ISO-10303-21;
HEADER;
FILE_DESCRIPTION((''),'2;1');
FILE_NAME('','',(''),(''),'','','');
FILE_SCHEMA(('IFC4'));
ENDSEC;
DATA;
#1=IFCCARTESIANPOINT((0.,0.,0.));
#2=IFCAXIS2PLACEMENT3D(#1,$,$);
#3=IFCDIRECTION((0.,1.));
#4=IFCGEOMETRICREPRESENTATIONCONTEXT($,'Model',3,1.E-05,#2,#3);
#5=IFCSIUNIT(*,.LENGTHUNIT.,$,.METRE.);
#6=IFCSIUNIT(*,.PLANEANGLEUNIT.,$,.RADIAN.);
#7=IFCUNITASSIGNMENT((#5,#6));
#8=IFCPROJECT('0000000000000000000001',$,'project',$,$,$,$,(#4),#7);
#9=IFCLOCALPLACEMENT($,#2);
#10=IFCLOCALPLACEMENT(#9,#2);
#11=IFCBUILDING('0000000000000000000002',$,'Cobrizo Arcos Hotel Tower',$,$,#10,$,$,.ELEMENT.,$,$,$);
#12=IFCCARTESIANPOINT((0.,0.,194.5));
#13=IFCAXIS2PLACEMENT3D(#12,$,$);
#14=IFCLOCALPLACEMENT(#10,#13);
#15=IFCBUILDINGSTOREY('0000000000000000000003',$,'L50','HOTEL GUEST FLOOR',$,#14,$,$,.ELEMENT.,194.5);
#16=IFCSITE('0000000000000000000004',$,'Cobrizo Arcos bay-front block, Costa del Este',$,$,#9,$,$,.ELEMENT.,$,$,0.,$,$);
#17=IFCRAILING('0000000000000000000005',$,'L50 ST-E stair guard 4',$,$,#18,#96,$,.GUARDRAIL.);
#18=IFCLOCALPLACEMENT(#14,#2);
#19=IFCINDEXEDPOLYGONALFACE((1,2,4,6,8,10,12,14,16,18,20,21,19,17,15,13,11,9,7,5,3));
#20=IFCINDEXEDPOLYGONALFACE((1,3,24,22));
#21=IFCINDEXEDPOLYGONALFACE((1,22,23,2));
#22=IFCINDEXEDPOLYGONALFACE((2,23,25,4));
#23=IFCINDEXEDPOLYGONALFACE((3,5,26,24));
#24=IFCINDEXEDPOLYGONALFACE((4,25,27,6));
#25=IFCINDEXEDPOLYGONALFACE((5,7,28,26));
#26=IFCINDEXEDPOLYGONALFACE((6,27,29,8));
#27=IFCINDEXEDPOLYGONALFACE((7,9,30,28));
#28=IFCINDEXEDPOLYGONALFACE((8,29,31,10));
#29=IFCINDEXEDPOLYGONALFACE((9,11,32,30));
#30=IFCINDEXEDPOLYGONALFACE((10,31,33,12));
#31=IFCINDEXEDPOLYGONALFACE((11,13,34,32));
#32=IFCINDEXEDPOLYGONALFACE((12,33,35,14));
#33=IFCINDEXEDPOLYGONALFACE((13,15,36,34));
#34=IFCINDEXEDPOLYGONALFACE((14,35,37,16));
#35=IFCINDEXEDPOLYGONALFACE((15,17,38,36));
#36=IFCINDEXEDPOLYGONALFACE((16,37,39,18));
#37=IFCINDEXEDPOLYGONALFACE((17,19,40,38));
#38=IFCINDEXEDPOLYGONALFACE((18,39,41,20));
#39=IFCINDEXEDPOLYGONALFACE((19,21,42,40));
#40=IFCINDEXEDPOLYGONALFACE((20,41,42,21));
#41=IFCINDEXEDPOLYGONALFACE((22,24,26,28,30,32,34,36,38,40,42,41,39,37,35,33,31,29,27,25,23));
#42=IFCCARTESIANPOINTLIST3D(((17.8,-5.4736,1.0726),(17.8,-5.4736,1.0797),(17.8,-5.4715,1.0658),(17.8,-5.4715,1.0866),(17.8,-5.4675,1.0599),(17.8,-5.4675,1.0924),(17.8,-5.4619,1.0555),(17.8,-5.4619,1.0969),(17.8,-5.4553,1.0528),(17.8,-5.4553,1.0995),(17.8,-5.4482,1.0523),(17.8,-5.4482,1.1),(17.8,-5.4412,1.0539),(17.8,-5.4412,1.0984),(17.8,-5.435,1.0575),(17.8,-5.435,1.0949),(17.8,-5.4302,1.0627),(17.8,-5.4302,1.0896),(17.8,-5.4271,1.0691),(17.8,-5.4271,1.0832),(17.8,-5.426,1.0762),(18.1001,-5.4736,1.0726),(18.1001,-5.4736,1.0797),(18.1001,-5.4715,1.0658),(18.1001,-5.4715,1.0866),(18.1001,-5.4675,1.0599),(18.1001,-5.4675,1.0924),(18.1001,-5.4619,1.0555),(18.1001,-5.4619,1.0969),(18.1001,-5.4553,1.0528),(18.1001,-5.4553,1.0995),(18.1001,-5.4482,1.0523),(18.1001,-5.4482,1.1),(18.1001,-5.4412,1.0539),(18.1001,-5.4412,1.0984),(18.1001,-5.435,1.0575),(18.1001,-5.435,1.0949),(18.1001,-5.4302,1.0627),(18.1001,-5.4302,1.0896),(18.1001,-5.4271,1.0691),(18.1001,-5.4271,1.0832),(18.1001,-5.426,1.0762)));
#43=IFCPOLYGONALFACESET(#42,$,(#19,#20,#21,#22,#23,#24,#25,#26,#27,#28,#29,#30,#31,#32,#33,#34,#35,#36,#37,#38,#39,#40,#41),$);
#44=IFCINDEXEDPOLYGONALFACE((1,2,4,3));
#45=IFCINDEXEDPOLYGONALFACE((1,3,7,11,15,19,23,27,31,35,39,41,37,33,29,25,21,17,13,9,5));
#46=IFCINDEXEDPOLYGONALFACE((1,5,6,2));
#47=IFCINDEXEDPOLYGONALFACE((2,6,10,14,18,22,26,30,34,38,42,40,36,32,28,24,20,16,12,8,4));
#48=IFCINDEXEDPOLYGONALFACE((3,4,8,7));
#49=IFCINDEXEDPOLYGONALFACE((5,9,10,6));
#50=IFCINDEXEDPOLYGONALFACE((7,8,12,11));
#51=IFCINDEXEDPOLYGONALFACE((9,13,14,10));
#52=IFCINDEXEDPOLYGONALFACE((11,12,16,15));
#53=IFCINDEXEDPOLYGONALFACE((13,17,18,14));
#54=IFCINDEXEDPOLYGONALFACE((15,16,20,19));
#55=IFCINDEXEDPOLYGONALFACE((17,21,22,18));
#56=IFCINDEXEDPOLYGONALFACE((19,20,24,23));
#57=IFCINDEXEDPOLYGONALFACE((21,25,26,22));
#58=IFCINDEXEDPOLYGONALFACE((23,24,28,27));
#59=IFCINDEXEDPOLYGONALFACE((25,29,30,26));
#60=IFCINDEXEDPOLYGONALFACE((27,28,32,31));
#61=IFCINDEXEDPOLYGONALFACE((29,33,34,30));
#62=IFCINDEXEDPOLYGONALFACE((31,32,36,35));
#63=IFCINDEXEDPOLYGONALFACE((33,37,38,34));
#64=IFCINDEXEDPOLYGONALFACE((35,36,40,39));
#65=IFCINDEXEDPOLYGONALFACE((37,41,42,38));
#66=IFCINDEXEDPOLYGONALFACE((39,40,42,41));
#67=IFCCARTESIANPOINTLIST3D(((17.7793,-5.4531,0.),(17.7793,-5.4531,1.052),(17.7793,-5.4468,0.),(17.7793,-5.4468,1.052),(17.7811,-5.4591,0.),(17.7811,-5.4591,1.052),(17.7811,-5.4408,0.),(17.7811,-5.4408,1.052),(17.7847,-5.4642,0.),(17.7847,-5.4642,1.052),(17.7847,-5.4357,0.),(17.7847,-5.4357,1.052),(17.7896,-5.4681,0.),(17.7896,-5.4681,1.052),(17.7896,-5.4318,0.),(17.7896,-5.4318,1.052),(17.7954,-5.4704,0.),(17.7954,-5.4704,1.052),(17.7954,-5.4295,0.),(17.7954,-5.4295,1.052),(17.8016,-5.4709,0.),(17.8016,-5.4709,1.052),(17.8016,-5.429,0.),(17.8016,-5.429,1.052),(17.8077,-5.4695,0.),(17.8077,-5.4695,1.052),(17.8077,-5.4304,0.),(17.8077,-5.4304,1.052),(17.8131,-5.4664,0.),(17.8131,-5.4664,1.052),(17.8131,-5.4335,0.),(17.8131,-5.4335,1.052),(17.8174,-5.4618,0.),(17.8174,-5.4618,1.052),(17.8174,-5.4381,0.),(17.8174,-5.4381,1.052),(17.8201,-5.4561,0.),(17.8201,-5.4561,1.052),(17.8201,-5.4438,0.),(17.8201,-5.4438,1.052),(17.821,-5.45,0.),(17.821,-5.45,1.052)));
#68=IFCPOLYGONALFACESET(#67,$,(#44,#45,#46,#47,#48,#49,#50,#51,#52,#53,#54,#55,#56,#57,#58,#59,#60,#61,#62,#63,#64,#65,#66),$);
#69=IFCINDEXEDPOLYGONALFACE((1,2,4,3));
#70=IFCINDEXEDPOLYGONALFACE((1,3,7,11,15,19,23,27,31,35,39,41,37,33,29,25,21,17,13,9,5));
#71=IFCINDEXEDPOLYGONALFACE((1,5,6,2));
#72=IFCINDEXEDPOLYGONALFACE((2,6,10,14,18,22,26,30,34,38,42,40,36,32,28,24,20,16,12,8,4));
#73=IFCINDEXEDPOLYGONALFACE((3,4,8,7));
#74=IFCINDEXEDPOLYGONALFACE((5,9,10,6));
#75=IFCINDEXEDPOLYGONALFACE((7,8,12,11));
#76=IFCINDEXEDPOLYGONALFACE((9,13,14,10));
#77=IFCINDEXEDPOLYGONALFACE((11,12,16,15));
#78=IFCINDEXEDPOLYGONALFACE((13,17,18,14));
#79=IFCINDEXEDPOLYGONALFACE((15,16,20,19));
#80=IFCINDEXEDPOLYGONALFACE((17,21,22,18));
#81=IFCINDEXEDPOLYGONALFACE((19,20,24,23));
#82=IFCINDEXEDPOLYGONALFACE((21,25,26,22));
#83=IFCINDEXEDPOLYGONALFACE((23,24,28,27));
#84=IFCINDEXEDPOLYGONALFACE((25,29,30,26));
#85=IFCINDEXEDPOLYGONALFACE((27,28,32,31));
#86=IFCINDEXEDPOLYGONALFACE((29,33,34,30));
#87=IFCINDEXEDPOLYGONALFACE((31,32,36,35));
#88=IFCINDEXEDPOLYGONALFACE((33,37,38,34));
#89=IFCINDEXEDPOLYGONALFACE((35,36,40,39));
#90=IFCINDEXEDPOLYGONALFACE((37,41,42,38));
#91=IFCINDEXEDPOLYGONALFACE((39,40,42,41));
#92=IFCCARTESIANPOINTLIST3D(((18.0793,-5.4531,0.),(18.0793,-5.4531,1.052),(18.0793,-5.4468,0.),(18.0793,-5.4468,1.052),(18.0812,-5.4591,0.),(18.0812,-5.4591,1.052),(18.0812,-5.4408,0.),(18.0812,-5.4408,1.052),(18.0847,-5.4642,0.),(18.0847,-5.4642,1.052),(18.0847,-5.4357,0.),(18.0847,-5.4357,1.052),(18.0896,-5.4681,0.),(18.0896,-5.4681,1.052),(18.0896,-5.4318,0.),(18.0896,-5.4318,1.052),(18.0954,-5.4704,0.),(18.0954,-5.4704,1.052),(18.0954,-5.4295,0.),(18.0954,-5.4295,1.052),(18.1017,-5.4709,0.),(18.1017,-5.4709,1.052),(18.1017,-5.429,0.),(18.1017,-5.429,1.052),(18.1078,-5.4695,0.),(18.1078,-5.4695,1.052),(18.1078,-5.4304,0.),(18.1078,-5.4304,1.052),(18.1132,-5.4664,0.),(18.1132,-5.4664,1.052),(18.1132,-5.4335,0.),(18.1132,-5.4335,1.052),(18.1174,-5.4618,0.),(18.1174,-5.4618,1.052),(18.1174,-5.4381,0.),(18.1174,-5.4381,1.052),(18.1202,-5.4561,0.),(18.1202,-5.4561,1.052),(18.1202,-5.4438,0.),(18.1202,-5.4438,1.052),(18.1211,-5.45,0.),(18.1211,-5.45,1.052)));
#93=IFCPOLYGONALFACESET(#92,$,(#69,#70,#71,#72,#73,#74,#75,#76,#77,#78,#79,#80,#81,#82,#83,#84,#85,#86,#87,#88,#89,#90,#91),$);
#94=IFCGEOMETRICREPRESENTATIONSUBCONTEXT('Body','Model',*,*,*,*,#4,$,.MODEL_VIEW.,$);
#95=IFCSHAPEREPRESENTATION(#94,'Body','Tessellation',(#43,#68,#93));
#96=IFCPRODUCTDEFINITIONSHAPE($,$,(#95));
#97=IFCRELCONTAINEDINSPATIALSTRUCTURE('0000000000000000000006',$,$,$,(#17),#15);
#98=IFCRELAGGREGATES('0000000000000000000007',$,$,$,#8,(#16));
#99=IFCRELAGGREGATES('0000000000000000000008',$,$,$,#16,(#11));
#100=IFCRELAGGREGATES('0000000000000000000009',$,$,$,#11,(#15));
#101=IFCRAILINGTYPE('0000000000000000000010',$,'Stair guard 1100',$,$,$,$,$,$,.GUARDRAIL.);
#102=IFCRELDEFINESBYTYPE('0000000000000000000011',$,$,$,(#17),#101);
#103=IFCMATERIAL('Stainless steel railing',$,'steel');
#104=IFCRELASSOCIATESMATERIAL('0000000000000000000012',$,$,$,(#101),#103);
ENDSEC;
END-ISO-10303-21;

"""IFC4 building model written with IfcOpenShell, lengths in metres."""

from ifc_helpers import new_model, si_unit, direction, frame, origin, origin_2d, place, context, subcontext, project, spatial, circle, extrude, material, type_object, element, save


model = new_model("IFC4")

# Units and contexts
model_context = context("Model", 3, precision=1e-05, world=origin(), true_north=direction((0.0, 1.0)))
body_context = subcontext(model_context, "Body", "Model", "MODEL_VIEW")
ifc_project = project(units=[si_unit("LENGTHUNIT", "METRE"), si_unit("PLANEANGLEUNIT", "RADIAN")], contexts=[model_context])

# Site, building, storey
site_placement = place(None, origin())
site = spatial("IfcSite", under=ifc_project, at=site_placement, Name="Cobrizo Arcos bay-front block, Costa del Este", CompositionType="ELEMENT", RefElevation=0.0)
building_placement = place(site_placement, origin())
building = spatial("IfcBuilding", under=site, at=building_placement, Name="Cobrizo Arcos Hotel Tower", CompositionType="ELEMENT")
storey_placement = place(building_placement, frame((0.0, 0.0, 194.5)))
storey = spatial("IfcBuildingStorey", under=building, at=storey_placement, Name="L50", Description="HOTEL GUEST FLOOR", CompositionType="ELEMENT", Elevation=194.5)

# Railing
ifc_material_1 = material(Name="Stainless steel railing", Category="steel")
railing_type_1 = type_object("IfcRailingType", Name="Stair guard 1100", PredefinedType="GUARDRAIL", material=ifc_material_1)
railing_1_placement = place(storey_placement, frame((17.8, -5.45, 0.0)))
element("IfcRailing", 1, at=railing_1_placement, inside=storey, type_object=railing_type_1, Name="L50 ST-E stair guard 4", PredefinedType="GUARDRAIL", context=body_context, shape_type="SweptSolid", body=[
    extrude(circle(Radius=0.0239, at=origin_2d()), frame((0.0, 0.0, 1.0762), z_axis=(1.0, 0.0, 0.0), x_axis=(0.0, 1.0, 0.0)), (0.0, 0.0, 1.0), 0.3),
    extrude(circle(Radius=0.021, at=origin_2d()), origin(), (0.0, 0.0, 1.0), 1.052),
    extrude(circle(Radius=0.021, at=origin_2d()), frame((0.3, 0.0, 0.0)), (0.0, 0.0, 1.0), 1.052),
])

save(model, "model.ifc")
